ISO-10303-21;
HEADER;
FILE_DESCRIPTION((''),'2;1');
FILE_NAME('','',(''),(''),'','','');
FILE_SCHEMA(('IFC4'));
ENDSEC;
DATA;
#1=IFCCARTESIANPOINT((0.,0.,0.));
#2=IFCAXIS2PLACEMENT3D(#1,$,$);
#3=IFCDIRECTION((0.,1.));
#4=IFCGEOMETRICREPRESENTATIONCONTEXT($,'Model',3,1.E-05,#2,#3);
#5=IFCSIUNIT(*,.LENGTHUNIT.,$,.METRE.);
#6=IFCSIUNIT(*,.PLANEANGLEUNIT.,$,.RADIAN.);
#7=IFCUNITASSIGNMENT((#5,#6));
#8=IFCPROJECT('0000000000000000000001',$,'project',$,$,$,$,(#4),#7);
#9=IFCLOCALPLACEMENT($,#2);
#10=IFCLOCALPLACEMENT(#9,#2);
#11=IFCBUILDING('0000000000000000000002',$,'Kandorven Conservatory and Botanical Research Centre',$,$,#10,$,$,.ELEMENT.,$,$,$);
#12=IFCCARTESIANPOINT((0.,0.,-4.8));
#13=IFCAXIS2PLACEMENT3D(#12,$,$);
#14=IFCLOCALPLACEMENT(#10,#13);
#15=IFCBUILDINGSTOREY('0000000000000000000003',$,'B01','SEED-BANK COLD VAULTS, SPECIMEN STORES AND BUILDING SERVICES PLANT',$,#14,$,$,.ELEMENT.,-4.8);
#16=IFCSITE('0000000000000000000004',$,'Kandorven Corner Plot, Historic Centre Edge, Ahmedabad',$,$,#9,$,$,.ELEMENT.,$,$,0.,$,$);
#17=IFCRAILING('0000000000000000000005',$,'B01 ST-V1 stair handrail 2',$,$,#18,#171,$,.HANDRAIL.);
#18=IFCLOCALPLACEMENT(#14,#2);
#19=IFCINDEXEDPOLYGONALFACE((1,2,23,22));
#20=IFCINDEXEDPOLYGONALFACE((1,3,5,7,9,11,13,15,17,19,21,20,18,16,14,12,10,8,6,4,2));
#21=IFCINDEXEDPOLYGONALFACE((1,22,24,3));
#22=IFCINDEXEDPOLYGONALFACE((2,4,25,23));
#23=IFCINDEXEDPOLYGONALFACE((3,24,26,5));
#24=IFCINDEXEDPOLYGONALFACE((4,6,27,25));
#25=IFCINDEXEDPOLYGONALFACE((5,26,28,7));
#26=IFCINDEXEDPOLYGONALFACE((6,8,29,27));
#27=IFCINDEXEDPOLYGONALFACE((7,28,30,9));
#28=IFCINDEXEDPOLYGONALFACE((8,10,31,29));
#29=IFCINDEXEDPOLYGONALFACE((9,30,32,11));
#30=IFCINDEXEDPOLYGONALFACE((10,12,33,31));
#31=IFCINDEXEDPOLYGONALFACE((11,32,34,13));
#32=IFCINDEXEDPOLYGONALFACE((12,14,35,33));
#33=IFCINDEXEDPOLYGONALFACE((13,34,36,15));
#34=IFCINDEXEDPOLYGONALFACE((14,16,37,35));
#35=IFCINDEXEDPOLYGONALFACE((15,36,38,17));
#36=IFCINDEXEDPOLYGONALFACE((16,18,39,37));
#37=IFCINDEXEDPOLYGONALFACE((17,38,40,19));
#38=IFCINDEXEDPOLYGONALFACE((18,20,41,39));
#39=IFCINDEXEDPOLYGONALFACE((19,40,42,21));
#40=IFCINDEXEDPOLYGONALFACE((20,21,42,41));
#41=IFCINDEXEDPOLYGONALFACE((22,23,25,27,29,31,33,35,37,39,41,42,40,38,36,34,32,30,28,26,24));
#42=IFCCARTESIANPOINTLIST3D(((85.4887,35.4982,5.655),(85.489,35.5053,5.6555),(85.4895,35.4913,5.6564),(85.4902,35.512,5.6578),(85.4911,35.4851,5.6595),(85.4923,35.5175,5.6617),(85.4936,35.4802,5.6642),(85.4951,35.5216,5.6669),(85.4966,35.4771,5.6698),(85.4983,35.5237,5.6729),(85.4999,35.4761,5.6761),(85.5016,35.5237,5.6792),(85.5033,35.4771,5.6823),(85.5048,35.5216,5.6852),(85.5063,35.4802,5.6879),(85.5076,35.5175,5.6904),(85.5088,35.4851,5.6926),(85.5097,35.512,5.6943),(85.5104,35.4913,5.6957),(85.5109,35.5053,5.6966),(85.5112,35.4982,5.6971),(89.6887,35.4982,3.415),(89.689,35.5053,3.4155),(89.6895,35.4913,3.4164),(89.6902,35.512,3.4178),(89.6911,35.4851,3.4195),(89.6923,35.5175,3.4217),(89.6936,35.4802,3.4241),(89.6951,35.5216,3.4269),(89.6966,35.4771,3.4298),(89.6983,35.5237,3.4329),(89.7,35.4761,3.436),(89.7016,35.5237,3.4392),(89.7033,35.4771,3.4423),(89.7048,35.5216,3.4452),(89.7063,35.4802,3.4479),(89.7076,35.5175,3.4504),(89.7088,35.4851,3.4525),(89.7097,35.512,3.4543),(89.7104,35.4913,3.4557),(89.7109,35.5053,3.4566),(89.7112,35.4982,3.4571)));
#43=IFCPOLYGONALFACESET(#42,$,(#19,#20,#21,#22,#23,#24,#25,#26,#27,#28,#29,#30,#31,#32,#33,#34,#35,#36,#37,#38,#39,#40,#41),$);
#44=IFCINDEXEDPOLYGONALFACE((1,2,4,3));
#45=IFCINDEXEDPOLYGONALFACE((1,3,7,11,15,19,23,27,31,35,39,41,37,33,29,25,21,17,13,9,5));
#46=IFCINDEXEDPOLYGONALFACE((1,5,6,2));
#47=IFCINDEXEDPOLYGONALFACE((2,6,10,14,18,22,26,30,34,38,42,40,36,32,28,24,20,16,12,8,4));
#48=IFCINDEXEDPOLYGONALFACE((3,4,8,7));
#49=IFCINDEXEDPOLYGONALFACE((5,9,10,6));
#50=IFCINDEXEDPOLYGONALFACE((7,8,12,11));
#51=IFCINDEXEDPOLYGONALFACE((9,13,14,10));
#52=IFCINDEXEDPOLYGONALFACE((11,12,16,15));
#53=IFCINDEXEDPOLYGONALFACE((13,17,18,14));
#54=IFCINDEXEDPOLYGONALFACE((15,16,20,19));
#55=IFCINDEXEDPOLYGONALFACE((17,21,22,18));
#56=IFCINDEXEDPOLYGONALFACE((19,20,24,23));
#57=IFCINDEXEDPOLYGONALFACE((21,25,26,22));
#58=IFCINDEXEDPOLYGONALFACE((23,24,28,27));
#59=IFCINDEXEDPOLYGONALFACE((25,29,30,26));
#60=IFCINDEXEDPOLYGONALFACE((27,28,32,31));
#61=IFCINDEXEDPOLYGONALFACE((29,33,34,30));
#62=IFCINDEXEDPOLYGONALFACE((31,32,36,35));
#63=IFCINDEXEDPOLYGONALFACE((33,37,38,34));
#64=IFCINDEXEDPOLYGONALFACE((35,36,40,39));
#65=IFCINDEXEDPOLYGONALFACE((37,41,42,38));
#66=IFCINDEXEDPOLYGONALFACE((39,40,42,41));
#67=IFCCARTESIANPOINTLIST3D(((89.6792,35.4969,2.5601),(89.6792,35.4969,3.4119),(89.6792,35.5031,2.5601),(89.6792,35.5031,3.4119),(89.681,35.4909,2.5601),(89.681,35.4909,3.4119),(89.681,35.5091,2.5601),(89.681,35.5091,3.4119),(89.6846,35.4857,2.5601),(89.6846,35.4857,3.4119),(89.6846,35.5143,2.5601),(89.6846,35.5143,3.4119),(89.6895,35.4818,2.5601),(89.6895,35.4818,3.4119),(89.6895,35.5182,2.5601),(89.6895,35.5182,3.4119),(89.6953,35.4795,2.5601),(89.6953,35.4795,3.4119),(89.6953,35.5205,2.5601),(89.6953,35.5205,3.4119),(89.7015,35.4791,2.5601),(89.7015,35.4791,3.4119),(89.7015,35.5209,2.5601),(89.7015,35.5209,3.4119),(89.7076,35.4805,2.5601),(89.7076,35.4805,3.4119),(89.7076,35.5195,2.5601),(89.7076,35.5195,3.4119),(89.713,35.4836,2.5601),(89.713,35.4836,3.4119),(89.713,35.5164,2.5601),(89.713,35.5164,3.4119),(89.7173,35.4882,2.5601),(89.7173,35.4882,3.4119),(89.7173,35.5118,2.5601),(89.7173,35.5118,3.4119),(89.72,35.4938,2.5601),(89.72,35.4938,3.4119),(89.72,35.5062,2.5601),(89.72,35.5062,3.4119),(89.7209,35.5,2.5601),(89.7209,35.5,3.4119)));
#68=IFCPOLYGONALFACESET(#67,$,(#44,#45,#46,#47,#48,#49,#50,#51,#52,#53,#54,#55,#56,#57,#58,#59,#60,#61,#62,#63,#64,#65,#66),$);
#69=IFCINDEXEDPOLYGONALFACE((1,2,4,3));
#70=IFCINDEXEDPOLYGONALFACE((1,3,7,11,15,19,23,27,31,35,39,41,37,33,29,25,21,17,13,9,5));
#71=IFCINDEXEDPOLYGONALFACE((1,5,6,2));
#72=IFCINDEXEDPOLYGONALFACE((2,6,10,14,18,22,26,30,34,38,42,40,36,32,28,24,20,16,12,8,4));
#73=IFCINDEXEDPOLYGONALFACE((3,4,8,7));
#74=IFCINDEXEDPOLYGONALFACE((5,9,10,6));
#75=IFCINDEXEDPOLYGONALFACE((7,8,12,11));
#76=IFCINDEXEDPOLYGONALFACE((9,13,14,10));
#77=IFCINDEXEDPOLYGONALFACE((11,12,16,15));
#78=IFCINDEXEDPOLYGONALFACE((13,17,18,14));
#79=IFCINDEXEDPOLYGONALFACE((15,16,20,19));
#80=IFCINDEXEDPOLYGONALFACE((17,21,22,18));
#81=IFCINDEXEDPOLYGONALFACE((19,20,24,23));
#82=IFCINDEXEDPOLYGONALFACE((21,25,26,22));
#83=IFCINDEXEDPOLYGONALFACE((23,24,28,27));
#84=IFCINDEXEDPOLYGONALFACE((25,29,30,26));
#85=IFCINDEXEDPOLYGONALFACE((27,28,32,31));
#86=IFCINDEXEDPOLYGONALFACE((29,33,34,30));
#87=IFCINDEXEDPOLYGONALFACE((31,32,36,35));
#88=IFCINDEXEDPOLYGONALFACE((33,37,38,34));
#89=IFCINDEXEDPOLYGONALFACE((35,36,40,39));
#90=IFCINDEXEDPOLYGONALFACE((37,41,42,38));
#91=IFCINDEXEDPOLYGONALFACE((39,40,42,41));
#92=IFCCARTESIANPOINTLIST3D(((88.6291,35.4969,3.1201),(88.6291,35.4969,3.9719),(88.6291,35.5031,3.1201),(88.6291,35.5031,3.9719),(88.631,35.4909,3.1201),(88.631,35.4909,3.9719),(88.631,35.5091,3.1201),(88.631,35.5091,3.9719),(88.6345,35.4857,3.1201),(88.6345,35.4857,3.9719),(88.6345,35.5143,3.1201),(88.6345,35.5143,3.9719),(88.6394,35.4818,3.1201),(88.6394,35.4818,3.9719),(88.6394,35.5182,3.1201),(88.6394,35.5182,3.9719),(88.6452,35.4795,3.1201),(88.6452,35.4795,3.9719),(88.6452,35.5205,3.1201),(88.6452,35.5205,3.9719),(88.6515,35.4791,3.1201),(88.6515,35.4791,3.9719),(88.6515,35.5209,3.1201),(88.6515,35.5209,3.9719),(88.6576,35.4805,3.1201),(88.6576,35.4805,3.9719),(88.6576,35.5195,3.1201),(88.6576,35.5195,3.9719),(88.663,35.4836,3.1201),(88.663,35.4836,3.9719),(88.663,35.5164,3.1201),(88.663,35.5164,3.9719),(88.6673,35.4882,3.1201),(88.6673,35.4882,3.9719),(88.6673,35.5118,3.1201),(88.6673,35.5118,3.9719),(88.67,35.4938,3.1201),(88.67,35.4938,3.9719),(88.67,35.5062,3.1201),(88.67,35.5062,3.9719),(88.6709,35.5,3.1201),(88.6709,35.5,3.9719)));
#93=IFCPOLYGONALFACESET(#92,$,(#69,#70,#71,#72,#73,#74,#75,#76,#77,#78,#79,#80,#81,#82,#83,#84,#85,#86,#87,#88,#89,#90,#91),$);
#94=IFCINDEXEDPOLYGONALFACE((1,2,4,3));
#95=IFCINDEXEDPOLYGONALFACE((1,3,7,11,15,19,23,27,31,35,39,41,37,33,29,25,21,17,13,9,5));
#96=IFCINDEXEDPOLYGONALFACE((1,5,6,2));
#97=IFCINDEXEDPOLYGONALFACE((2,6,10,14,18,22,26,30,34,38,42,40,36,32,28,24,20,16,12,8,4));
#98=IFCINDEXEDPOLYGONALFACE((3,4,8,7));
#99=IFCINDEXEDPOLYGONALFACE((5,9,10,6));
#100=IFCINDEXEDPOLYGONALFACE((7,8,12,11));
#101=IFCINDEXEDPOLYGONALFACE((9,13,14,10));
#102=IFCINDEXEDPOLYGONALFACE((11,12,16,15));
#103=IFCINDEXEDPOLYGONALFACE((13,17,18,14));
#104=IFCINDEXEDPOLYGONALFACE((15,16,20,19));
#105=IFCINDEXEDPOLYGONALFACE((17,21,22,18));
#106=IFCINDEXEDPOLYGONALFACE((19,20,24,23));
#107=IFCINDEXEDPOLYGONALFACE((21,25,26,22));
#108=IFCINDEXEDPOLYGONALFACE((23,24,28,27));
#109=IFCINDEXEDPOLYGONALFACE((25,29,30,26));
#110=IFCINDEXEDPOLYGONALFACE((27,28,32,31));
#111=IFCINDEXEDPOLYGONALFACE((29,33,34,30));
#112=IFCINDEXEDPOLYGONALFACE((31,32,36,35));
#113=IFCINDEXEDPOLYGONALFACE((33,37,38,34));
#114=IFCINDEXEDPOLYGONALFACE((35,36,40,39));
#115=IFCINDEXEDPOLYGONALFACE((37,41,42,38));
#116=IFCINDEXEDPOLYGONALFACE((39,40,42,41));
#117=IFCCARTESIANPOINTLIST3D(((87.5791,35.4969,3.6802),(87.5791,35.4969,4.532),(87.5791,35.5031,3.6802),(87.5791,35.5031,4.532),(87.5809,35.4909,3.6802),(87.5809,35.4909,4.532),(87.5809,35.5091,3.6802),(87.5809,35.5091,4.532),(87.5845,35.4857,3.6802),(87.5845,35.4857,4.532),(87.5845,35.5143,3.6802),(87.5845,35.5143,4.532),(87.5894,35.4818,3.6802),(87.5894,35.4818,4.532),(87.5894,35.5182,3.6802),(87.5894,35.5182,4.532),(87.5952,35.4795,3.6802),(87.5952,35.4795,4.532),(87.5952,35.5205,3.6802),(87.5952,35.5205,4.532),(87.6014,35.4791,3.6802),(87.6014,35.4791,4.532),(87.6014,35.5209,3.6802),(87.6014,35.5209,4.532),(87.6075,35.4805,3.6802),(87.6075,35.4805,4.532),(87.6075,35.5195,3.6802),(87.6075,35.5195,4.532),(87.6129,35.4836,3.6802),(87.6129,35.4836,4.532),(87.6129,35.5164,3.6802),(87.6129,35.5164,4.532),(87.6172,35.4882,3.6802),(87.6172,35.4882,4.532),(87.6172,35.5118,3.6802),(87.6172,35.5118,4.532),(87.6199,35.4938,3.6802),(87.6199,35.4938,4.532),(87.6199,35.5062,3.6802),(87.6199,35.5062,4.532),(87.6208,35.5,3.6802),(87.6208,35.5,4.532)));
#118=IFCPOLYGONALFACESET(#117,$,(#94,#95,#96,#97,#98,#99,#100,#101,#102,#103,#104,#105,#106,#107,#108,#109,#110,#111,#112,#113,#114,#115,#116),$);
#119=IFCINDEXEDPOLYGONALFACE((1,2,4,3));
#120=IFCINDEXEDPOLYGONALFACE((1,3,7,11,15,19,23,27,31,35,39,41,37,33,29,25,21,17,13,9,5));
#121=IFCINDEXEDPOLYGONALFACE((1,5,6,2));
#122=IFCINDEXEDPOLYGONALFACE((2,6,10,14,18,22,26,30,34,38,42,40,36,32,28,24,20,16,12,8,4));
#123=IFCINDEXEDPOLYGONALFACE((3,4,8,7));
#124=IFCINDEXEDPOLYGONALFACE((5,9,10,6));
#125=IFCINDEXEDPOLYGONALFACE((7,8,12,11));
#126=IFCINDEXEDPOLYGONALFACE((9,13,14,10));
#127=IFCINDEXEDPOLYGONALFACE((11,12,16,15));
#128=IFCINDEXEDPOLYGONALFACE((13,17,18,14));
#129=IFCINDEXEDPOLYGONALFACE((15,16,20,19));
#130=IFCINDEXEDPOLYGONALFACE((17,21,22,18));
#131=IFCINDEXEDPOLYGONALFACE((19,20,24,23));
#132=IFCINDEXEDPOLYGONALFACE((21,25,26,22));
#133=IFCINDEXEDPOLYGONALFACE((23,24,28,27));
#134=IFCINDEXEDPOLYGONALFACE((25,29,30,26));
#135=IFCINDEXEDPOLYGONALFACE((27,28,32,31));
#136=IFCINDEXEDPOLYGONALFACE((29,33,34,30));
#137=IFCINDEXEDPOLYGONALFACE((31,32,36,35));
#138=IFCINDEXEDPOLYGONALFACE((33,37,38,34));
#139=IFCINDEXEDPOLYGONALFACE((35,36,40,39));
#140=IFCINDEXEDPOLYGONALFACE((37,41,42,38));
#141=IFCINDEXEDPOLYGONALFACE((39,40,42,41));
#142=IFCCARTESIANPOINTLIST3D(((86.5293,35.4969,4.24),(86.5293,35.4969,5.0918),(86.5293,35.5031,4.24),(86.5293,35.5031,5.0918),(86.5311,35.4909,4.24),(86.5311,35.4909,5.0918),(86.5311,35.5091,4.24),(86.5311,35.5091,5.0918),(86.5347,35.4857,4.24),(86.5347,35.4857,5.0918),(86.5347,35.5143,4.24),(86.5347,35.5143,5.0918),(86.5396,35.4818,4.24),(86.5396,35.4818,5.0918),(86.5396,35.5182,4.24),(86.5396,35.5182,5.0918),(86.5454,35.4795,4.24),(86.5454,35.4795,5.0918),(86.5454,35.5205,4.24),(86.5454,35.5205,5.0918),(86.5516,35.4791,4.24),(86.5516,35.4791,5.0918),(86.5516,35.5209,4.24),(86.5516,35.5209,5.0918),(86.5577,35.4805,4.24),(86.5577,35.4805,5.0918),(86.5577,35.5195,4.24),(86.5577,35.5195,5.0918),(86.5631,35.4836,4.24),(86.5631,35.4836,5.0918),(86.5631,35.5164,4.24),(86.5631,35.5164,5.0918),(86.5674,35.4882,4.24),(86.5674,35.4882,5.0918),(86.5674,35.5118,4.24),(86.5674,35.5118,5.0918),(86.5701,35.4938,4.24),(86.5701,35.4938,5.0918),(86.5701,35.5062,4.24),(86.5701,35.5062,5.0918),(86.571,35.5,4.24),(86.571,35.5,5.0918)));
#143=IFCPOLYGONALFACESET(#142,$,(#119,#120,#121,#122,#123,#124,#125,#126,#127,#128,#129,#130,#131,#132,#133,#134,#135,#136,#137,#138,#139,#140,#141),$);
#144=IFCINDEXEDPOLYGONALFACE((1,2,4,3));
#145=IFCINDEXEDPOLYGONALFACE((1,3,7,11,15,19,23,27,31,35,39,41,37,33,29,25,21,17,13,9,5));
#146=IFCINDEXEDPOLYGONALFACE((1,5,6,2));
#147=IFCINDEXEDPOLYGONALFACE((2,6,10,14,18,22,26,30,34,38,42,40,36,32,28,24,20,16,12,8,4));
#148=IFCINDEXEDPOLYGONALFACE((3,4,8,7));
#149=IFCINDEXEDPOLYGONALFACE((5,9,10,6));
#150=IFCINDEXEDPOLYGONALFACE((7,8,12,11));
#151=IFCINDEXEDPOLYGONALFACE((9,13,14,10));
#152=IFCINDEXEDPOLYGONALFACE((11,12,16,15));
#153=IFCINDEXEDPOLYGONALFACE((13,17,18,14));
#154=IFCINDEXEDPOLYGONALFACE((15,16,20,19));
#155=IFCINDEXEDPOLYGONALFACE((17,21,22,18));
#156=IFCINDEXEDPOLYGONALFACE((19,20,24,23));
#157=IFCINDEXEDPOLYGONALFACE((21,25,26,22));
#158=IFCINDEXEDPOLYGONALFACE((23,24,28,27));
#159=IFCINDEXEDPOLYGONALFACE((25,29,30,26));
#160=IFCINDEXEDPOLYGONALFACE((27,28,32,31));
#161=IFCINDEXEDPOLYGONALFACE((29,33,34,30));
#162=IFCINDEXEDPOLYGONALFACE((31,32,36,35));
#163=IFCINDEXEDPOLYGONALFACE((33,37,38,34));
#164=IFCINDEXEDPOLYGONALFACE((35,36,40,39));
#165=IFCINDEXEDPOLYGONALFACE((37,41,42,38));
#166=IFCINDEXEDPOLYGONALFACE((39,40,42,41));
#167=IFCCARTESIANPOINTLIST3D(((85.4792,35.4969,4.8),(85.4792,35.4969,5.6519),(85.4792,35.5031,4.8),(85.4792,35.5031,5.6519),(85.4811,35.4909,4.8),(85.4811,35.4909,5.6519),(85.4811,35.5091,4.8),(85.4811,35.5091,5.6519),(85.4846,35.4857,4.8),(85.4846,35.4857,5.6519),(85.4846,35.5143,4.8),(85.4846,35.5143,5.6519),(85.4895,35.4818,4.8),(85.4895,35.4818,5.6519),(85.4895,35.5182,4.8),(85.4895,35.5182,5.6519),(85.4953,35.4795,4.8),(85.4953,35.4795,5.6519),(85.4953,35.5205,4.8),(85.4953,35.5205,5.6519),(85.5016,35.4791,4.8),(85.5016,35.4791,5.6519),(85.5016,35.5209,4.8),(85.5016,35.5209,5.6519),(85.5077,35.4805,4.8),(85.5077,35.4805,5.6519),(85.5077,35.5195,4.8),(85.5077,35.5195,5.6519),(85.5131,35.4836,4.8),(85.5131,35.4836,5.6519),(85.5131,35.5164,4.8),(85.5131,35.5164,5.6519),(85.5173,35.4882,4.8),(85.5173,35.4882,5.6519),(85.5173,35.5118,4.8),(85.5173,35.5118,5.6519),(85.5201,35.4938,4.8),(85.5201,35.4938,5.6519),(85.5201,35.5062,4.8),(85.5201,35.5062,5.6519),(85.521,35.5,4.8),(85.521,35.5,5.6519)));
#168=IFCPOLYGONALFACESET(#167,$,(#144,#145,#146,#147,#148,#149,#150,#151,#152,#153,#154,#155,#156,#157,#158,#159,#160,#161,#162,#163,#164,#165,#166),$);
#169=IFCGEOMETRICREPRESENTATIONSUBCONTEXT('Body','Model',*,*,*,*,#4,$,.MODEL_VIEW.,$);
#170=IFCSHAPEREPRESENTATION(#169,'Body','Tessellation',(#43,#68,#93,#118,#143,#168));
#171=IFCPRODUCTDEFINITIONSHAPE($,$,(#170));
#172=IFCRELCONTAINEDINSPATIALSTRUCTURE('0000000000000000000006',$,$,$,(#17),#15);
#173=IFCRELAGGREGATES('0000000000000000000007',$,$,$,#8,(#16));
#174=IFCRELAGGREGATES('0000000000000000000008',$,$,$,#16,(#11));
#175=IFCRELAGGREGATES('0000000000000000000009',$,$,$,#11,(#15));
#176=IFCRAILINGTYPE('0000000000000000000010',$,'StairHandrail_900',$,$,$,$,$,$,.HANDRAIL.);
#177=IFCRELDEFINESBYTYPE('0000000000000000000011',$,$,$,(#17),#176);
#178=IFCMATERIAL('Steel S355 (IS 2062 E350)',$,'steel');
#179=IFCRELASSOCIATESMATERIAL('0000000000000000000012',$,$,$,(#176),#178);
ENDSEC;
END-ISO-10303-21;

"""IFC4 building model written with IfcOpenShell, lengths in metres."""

from ifc_helpers import new_model, si_unit, direction, frame, origin, origin_2d, place, context, subcontext, project, spatial, circle, extrude, material, type_object, element, save


model = new_model("IFC4")

# Units and contexts
model_context = context("Model", 3, precision=1e-05, world=origin(), true_north=direction((0.0, 1.0)))
body_context = subcontext(model_context, "Body", "Model", "MODEL_VIEW")
ifc_project = project(units=[si_unit("LENGTHUNIT", "METRE"), si_unit("PLANEANGLEUNIT", "RADIAN")], contexts=[model_context])

# Site, building, storey
site_placement = place(None, origin())
site = spatial("IfcSite", under=ifc_project, at=site_placement, Name="Kandorven Corner Plot, Historic Centre Edge, Ahmedabad", CompositionType="ELEMENT", RefElevation=0.0)
building_placement = place(site_placement, origin())
building = spatial("IfcBuilding", under=site, at=building_placement, Name="Kandorven Conservatory and Botanical Research Centre", CompositionType="ELEMENT")
storey_placement = place(building_placement, frame((0.0, 0.0, -4.8)))
storey = spatial("IfcBuildingStorey", under=building, at=storey_placement, Name="B01", Description="SEED-BANK COLD VAULTS, SPECIMEN STORES AND BUILDING SERVICES PLANT", CompositionType="ELEMENT", Elevation=-4.8)

# Railing
ifc_material_1 = material(Name="Steel S355 (IS 2062 E350)", Category="steel")
railing_type_1 = type_object("IfcRailingType", Name="StairHandrail_900", PredefinedType="HANDRAIL", material=ifc_material_1)
railing_1_placement = place(storey_placement, frame((89.7, 35.5, 2.5601)))
element("IfcRailing", 1, at=railing_1_placement, inside=storey, type_object=railing_type_1, Name="B01 ST-V1 stair handrail 2", PredefinedType="HANDRAIL", context=body_context, shape_type="SweptSolid", body=[
    extrude(circle(Radius=0.0239, at=origin_2d()), frame((0.0, 0.0, 0.876), z_axis=(-0.882352, 0.0, 0.470591), x_axis=(0.0, -1.0, 0.0)), (0.0, 0.0, 1.0), 4.76),
    extrude(circle(Radius=0.021, at=origin_2d()), origin(), (0.0, 0.0, 1.0), 0.8518),
    extrude(circle(Radius=0.021, at=origin_2d()), frame((-1.05, 0.0, 0.5601)), (0.0, 0.0, 1.0), 0.8518),
    extrude(circle(Radius=0.021, at=origin_2d()), frame((-2.1001, 0.0, 1.1201)), (0.0, 0.0, 1.0), 0.8518),
    extrude(circle(Radius=0.021, at=origin_2d()), frame((-3.1499, 0.0, 1.6799)), (0.0, 0.0, 1.0), 0.8518),
    extrude(circle(Radius=0.021, at=origin_2d()), frame((-4.2, 0.0, 2.24)), (0.0, 0.0, 1.0), 0.8518),
])

save(model, "model.ifc")
